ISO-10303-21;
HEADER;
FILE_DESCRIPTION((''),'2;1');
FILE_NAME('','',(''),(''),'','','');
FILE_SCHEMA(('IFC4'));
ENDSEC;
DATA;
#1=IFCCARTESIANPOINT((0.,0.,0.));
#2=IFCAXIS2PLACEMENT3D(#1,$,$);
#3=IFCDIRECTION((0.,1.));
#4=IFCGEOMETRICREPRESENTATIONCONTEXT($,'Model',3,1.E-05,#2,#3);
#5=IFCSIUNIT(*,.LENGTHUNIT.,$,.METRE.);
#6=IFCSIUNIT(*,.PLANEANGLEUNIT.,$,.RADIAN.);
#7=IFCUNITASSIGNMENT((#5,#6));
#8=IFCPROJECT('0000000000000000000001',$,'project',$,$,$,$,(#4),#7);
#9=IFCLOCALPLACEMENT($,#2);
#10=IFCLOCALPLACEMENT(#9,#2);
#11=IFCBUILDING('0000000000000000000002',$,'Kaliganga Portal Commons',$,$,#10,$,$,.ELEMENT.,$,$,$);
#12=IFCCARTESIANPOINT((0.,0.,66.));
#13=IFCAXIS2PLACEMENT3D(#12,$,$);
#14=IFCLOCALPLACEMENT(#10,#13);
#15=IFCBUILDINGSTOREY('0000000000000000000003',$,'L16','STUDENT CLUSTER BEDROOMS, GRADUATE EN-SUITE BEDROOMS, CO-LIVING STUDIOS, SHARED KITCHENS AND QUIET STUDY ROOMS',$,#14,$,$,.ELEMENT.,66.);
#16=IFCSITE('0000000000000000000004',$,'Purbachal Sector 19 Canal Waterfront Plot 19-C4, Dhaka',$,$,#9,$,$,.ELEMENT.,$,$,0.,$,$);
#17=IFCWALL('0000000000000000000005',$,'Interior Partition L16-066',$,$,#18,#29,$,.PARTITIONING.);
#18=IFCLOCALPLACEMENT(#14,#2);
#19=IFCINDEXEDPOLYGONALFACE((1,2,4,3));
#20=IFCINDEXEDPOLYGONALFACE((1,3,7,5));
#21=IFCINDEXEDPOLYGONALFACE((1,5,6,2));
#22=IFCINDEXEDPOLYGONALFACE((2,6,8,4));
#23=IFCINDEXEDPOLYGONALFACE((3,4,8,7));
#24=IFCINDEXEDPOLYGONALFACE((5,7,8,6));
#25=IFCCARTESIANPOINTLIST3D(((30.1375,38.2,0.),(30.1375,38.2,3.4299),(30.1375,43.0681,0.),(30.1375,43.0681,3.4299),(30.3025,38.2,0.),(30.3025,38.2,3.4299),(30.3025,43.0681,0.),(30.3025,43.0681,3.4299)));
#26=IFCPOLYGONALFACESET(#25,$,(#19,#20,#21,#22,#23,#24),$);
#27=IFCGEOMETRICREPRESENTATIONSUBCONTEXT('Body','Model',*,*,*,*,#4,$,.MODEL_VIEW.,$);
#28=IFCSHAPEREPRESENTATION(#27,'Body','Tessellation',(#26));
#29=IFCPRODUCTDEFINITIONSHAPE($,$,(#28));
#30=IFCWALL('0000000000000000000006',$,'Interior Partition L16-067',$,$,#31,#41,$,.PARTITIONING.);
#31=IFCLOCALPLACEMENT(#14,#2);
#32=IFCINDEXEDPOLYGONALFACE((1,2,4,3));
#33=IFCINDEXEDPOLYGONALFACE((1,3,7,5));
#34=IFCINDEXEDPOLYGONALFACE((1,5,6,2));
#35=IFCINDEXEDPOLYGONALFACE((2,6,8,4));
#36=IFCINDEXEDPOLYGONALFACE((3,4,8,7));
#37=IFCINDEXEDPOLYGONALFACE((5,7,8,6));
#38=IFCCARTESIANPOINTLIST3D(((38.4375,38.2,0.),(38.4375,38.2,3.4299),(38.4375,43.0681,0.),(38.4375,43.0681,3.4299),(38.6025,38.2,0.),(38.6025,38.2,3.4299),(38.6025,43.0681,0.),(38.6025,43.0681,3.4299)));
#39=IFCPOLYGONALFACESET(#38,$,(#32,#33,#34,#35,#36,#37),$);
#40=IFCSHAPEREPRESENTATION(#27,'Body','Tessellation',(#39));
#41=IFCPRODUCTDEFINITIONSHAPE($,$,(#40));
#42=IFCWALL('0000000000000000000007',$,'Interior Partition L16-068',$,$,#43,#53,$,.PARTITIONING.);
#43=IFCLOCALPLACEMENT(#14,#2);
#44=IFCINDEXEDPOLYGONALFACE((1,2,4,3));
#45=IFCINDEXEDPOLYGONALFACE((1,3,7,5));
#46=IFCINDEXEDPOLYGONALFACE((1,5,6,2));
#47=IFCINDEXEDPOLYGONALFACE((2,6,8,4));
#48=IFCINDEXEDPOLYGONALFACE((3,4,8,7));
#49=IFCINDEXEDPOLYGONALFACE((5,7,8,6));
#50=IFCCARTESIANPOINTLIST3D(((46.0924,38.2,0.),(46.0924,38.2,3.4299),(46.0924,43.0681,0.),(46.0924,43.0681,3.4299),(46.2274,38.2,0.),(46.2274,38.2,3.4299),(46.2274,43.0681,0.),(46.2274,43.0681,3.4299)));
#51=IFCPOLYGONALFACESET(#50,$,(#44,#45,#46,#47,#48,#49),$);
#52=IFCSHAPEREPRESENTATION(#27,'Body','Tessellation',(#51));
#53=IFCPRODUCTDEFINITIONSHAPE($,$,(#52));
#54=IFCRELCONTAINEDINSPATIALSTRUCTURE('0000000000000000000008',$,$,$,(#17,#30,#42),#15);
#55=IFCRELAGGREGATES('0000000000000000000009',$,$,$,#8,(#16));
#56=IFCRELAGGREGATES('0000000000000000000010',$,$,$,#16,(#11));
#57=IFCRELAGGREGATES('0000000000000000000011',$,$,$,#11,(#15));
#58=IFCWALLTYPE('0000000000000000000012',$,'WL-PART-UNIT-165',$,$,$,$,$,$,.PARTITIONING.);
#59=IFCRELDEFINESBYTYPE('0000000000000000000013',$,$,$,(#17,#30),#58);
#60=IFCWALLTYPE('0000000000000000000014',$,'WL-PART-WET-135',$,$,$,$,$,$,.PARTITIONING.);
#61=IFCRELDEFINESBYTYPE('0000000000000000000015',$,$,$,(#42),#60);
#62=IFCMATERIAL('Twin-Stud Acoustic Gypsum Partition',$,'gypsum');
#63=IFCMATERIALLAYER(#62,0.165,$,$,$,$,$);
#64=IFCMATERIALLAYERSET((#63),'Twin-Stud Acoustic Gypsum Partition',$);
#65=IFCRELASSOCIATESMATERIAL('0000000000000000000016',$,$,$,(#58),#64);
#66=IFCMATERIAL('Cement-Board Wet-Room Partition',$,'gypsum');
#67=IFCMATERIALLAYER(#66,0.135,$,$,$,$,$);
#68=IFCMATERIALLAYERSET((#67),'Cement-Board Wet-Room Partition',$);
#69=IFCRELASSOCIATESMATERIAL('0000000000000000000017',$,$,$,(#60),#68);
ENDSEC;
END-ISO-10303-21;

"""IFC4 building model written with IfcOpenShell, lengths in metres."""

from ifc_helpers import new_model, si_unit, direction, frame, frame_2d, origin, place, context, subcontext, project, spatial, rectangle, extrude, material, layer, layer_set, type_object, element, save


model = new_model("IFC4")

# Units and contexts
model_context = context("Model", 3, precision=1e-05, world=origin(), true_north=direction((0.0, 1.0)))
body_context = subcontext(model_context, "Body", "Model", "MODEL_VIEW")
ifc_project = project(units=[si_unit("LENGTHUNIT", "METRE"), si_unit("PLANEANGLEUNIT", "RADIAN")], contexts=[model_context])

# Site, building, storey
site_placement = place(None, origin())
site = spatial("IfcSite", under=ifc_project, at=site_placement, Name="Purbachal Sector 19 Canal Waterfront Plot 19-C4, Dhaka", CompositionType="ELEMENT", RefElevation=0.0)
building_placement = place(site_placement, origin())
building = spatial("IfcBuilding", under=site, at=building_placement, Name="Kaliganga Portal Commons", CompositionType="ELEMENT")
storey_placement = place(building_placement, frame((0.0, 0.0, 66.0)))
storey = spatial("IfcBuildingStorey", under=building, at=storey_placement, Name="L16", Description="STUDENT CLUSTER BEDROOMS, GRADUATE EN-SUITE BEDROOMS, CO-LIVING STUDIOS, SHARED KITCHENS AND QUIET STUDY ROOMS", CompositionType="ELEMENT", Elevation=66.0)

# Walls
ifc_material_1 = material(Name="Twin-Stud Acoustic Gypsum Partition", Category="gypsum")
ifc_layer_1 = layer(ifc_material_1, 0.165)
ifc_layer_set_1 = layer_set([ifc_layer_1], Name="Twin-Stud Acoustic Gypsum Partition")
wall_type_1 = type_object("IfcWallType", Name="WL-PART-UNIT-165", PredefinedType="PARTITIONING", material=ifc_layer_set_1)
for number, where, z_axis, x_axis, name in (
    (1, (30.22, 38.2, 0.0), (0.0, 0.0, 1.0), (0.0, 1.0, 0.0), "Interior Partition L16-066"),
    (2, (38.52, 38.2, 0.0), (0.0, 0.0, 1.0), (0.0, 1.0, 0.0), "Interior Partition L16-067"),
):
    element("IfcWall", number, at=place(storey_placement, frame(where, z_axis=z_axis, x_axis=x_axis)), inside=storey, type_object=wall_type_1, Name=name, PredefinedType="PARTITIONING", context=body_context, shape_type="SweptSolid", body=[
        extrude(rectangle(XDim=4.8682, YDim=0.165, at=frame_2d((2.4341, 0.0))), origin(), (0.0, 0.0, 1.0), 3.4299),
    ])
ifc_material_2 = material(Name="Cement-Board Wet-Room Partition", Category="gypsum")
ifc_layer_2 = layer(ifc_material_2, 0.135)
ifc_layer_set_2 = layer_set([ifc_layer_2], Name="Cement-Board Wet-Room Partition")
wall_type_2 = type_object("IfcWallType", Name="WL-PART-WET-135", PredefinedType="PARTITIONING", material=ifc_layer_set_2)
wall_1_placement = place(storey_placement, frame((46.1599, 38.2, 0.0), z_axis=(0.0, 0.0, 1.0), x_axis=(0.0, 1.0, 0.0)))
element("IfcWall", 3, at=wall_1_placement, inside=storey, type_object=wall_type_2, Name="Interior Partition L16-068", PredefinedType="PARTITIONING", context=body_context, shape_type="SweptSolid", body=[
    extrude(rectangle(XDim=4.8682, YDim=0.135, at=frame_2d((2.4341, 0.0))), origin(), (0.0, 0.0, 1.0), 3.4299),
])

save(model, "model.ifc")
